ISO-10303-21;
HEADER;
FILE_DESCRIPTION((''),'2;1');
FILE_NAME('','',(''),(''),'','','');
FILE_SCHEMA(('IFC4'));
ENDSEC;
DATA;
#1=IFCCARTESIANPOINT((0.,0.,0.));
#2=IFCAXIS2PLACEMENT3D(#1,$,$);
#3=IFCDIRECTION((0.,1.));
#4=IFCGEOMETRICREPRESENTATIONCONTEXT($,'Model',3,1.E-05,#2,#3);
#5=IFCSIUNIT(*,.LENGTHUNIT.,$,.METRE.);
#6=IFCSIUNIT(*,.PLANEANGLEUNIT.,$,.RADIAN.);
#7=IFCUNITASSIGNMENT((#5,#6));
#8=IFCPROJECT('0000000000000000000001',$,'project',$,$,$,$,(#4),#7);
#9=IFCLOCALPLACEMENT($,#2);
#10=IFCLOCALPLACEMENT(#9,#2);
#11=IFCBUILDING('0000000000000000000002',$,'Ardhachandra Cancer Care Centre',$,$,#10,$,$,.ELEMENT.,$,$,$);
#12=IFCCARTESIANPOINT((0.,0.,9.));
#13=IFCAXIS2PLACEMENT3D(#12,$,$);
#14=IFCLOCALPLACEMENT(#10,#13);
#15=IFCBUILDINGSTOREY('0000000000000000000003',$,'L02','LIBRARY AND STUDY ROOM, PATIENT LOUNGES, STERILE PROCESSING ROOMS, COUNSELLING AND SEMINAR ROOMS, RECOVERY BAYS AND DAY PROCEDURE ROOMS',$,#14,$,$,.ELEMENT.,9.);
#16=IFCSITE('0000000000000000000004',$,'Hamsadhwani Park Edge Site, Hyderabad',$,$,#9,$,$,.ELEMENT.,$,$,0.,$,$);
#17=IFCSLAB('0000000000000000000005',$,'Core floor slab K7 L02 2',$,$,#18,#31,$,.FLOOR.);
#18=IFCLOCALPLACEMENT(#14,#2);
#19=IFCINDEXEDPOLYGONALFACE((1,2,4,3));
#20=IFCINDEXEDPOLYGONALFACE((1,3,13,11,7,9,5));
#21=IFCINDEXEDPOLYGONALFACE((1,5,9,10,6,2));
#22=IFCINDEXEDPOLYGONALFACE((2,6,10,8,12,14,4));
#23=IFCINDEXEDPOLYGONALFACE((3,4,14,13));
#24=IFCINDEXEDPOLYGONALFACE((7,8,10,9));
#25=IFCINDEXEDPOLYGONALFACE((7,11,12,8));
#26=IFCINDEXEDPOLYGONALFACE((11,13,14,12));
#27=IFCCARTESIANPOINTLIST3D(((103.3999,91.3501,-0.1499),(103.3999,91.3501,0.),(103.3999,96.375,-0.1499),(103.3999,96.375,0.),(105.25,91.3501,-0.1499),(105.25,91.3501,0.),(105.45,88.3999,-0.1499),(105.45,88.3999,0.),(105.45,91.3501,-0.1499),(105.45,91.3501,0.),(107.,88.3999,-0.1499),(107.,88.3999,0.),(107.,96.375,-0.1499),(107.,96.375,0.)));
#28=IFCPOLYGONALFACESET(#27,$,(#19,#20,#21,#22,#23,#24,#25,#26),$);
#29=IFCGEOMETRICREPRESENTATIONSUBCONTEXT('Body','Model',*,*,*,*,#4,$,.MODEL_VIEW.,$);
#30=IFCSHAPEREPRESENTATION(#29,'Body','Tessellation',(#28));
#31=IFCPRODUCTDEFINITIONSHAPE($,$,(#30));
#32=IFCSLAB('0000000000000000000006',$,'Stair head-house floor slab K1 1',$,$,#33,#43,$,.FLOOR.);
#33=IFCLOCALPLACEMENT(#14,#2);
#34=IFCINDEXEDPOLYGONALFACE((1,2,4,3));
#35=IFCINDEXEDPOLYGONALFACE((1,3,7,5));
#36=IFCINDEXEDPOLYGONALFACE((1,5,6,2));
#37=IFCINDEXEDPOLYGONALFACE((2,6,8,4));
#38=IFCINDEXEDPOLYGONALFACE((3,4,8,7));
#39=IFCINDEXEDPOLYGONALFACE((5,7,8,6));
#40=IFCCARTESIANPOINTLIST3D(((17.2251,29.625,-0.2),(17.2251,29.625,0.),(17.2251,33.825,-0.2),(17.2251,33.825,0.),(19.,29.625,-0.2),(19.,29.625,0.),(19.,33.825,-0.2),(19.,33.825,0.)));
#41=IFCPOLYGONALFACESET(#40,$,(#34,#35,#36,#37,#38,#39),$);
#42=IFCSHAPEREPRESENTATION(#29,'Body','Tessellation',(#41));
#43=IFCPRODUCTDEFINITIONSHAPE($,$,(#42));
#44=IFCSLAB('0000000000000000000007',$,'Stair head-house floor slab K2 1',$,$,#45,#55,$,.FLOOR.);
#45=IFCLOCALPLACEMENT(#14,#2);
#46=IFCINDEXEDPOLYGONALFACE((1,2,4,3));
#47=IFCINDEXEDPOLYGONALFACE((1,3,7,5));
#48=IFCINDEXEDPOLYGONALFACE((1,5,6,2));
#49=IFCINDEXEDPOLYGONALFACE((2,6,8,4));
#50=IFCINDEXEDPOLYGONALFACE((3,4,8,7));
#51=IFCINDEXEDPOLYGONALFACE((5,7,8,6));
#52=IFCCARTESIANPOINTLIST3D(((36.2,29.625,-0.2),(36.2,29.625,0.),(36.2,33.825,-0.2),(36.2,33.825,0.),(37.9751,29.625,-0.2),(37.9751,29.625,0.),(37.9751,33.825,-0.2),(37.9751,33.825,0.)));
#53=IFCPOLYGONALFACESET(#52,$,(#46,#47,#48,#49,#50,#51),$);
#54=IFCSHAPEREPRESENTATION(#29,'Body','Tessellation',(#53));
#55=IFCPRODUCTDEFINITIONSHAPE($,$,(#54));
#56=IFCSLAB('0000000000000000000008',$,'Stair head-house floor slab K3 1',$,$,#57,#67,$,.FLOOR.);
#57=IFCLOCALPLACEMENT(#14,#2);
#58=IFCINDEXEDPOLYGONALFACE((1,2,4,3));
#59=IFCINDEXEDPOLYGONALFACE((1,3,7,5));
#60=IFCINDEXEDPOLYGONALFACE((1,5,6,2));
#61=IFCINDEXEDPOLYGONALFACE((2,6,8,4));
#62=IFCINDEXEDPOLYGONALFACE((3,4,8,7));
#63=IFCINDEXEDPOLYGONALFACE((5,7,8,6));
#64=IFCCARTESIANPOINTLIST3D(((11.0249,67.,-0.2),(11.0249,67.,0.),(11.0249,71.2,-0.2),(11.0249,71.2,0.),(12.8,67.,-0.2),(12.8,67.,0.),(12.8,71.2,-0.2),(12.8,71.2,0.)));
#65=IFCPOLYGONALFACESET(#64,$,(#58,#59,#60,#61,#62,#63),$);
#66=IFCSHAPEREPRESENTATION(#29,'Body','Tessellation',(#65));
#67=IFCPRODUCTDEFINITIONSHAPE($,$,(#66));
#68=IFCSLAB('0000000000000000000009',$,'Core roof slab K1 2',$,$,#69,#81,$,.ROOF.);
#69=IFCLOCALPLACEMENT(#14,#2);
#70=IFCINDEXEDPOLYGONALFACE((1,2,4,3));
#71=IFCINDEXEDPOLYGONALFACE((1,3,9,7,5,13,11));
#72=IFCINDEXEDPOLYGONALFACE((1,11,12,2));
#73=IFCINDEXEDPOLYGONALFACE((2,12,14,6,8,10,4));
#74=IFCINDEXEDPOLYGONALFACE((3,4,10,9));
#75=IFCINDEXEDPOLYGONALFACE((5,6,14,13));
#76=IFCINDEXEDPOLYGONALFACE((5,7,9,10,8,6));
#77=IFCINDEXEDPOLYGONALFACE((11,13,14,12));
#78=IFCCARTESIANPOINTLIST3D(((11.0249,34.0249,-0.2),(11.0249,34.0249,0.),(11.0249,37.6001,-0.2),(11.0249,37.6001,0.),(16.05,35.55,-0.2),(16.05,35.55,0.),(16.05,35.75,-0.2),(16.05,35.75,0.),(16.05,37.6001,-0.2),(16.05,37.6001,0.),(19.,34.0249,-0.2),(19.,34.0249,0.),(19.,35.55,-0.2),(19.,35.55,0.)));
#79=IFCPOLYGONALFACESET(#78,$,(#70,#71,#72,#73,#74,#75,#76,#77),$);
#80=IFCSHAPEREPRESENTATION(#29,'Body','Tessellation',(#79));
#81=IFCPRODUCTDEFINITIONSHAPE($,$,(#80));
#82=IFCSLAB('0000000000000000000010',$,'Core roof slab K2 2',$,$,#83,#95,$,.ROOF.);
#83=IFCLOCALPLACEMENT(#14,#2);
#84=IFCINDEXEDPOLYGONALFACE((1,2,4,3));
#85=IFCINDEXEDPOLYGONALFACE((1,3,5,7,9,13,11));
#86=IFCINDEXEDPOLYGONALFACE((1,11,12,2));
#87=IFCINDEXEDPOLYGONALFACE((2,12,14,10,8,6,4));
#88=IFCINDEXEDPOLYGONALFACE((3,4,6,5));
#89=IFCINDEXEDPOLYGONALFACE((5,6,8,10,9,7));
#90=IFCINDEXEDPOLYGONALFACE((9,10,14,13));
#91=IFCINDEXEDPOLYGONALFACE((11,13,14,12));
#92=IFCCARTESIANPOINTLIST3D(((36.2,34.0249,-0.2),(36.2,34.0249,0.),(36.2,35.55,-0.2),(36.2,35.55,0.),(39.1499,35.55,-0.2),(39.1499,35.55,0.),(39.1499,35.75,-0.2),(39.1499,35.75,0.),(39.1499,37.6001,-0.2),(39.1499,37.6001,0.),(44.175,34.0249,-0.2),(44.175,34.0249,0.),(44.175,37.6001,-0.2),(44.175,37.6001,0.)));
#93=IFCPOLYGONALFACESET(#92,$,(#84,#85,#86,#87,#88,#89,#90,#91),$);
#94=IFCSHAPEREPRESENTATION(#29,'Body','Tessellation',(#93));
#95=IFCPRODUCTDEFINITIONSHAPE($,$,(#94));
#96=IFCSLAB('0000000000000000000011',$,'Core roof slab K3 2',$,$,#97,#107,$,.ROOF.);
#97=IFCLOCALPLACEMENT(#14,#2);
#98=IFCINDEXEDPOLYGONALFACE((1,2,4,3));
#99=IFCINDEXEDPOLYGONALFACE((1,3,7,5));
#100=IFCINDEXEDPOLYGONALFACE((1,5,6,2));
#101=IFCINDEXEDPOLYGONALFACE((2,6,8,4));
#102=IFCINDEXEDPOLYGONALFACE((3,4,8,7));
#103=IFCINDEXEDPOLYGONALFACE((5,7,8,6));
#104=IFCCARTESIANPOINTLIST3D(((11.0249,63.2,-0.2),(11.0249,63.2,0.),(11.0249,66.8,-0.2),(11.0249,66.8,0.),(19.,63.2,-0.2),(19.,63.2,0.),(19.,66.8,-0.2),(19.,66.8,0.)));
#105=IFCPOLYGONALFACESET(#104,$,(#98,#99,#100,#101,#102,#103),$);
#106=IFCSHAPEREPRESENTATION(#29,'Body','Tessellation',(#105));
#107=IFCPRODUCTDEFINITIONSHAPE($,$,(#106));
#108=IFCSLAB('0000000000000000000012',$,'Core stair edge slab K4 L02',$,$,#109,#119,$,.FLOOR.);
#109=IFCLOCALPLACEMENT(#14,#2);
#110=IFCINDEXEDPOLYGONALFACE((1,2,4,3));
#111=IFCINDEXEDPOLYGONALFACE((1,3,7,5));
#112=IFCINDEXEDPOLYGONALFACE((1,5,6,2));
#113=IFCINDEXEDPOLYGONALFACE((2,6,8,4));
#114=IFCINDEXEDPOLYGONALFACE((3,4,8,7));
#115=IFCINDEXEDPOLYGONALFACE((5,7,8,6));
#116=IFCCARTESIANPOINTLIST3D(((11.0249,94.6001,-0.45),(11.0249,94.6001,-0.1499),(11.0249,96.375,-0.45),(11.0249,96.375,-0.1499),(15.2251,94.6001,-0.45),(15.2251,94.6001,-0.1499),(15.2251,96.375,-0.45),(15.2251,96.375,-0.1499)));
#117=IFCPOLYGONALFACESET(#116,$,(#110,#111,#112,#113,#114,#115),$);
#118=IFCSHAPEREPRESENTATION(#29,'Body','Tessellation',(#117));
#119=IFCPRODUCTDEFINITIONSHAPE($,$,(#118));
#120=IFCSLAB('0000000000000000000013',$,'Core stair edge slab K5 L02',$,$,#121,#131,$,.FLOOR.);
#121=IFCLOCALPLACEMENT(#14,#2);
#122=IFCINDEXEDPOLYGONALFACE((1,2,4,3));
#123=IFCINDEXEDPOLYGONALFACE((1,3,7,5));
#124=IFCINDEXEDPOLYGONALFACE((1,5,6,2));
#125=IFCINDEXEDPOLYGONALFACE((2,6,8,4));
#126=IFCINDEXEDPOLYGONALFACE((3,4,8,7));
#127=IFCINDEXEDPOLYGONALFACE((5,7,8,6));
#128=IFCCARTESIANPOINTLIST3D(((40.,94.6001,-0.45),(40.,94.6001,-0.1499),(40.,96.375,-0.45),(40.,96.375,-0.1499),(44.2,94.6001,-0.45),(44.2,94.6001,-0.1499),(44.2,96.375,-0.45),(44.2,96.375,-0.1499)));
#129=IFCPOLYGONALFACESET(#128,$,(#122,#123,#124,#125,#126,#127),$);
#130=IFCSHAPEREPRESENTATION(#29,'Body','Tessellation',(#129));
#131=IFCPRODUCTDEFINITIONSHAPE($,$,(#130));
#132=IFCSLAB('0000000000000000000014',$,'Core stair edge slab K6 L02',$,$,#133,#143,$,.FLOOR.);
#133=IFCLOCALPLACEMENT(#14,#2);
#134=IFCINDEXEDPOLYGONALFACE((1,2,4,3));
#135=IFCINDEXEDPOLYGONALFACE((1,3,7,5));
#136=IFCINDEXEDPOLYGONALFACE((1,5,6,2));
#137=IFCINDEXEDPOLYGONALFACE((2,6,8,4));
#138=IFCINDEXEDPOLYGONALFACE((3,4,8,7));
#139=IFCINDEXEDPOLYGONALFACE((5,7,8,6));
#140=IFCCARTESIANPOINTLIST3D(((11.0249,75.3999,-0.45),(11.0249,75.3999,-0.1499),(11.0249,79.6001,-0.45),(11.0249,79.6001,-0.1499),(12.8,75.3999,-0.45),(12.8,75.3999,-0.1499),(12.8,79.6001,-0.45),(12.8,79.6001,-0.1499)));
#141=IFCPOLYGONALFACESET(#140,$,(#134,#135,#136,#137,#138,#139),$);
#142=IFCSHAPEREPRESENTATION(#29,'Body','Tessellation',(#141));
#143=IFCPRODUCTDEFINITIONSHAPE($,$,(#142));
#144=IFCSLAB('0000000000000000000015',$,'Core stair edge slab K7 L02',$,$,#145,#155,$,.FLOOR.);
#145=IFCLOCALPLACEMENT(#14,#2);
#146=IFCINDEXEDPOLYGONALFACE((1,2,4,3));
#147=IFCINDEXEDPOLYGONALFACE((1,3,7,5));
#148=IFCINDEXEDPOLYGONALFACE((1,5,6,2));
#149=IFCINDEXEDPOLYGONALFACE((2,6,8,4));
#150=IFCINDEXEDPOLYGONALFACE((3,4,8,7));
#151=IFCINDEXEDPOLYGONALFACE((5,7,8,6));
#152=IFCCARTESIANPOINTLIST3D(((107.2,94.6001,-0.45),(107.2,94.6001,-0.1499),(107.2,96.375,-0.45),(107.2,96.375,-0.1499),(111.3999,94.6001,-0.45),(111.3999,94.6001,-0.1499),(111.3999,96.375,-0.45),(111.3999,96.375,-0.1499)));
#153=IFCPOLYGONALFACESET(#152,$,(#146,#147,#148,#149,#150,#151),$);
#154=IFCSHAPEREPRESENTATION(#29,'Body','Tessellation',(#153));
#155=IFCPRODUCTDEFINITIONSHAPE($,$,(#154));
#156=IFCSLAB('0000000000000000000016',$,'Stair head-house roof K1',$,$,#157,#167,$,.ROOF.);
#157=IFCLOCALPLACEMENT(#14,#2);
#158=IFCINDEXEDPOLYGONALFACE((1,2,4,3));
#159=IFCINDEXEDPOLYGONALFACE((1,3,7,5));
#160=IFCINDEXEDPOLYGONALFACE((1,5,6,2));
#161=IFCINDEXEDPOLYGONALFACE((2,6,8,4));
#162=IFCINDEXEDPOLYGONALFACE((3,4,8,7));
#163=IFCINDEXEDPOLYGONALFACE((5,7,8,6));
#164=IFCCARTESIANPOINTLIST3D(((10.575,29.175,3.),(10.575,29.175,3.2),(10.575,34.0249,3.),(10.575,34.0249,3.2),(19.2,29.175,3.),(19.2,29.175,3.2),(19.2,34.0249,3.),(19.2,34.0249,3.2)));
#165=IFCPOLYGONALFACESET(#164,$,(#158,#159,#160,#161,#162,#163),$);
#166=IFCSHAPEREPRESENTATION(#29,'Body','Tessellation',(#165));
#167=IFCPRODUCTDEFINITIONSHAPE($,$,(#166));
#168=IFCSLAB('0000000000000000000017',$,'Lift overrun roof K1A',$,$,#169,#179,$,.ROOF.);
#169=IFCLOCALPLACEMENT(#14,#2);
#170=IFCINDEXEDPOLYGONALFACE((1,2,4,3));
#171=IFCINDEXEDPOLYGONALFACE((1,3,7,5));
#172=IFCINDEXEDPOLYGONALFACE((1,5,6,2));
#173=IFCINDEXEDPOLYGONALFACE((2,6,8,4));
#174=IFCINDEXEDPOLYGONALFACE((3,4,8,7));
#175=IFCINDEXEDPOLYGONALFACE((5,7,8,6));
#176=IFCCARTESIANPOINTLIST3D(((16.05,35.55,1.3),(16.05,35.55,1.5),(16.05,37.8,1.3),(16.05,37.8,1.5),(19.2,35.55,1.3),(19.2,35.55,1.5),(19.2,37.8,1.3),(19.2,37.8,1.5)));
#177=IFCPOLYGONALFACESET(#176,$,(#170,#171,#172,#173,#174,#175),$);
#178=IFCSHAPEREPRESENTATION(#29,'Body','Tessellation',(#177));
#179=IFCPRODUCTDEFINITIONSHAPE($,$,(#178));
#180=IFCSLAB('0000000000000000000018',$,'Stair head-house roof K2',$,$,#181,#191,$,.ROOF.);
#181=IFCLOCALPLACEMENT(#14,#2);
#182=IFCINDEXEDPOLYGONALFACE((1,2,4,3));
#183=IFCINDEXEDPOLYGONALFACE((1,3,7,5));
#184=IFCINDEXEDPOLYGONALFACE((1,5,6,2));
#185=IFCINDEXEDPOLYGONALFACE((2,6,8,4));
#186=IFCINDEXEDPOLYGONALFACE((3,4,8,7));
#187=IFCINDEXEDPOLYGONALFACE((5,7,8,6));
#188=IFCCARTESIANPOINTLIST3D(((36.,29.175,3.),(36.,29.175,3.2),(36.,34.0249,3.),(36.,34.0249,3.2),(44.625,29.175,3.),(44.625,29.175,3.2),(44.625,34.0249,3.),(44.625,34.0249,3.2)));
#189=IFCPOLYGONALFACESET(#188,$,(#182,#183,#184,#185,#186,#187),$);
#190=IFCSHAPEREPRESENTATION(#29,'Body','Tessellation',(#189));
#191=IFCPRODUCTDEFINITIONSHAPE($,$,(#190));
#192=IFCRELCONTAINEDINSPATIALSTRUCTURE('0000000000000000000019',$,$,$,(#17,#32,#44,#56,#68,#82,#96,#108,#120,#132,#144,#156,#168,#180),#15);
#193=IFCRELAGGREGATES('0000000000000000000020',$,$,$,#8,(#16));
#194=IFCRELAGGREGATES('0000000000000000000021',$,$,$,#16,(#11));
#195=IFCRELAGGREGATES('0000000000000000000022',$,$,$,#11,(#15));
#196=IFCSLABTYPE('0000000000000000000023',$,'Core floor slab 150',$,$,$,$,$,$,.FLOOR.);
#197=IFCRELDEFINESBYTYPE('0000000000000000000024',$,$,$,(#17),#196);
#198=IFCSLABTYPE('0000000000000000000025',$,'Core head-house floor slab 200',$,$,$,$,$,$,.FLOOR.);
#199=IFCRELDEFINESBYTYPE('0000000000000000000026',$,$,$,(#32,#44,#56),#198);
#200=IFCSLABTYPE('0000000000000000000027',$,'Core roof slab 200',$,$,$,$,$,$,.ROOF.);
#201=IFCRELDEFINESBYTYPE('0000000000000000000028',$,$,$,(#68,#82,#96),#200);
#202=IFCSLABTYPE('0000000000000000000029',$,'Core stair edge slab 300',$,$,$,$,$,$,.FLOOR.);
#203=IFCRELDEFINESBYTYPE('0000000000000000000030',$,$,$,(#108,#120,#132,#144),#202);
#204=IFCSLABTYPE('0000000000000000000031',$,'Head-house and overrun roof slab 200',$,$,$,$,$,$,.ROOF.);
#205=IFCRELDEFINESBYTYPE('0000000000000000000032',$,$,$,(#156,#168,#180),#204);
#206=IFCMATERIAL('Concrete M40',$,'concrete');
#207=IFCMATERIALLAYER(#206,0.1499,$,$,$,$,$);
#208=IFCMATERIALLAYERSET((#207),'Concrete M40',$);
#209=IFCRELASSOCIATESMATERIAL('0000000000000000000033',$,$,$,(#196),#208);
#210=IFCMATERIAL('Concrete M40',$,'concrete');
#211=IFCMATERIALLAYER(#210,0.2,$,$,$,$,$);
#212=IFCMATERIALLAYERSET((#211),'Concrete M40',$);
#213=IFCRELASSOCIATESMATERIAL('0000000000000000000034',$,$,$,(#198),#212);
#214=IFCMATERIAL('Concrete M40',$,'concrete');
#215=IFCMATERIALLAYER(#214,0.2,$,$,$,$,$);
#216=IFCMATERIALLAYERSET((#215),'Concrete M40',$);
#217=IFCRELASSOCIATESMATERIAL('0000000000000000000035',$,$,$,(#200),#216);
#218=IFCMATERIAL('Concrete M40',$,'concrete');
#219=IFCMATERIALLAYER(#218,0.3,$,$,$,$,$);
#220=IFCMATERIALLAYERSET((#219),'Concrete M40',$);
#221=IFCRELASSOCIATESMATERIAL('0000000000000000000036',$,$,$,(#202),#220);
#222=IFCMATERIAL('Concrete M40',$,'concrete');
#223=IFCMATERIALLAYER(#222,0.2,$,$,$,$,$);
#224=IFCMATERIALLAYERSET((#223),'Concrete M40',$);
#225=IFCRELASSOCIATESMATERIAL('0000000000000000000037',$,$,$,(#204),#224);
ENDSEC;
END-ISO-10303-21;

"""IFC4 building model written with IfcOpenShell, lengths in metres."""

from ifc_helpers import new_model, si_unit, direction, frame, origin, place, context, subcontext, project, spatial, polyline, outline, extrude, material, layer, layer_set, type_object, element, save


model = new_model("IFC4")

# Units and contexts
model_context = context("Model", 3, precision=1e-05, world=origin(), true_north=direction((0.0, 1.0)))
body_context = subcontext(model_context, "Body", "Model", "MODEL_VIEW")
ifc_project = project(units=[si_unit("LENGTHUNIT", "METRE"), si_unit("PLANEANGLEUNIT", "RADIAN")], contexts=[model_context])

# Site, building, storey
site_placement = place(None, origin())
site = spatial("IfcSite", under=ifc_project, at=site_placement, Name="Hamsadhwani Park Edge Site, Hyderabad", CompositionType="ELEMENT", RefElevation=0.0)
building_placement = place(site_placement, origin())
building = spatial("IfcBuilding", under=site, at=building_placement, Name="Ardhachandra Cancer Care Centre", CompositionType="ELEMENT")
storey_placement = place(building_placement, frame((0.0, 0.0, 9.0)))
storey = spatial("IfcBuildingStorey", under=building, at=storey_placement, Name="L02", Description="LIBRARY AND STUDY ROOM, PATIENT LOUNGES, STERILE PROCESSING ROOMS, COUNSELLING AND SEMINAR ROOMS, RECOVERY BAYS AND DAY PROCEDURE ROOMS", CompositionType="ELEMENT", Elevation=9.0)

# Slabs
ifc_material_1 = material(Name="Concrete M40", Category="concrete")
ifc_layer_1 = layer(ifc_material_1, 0.1499)
ifc_layer_set_1 = layer_set([ifc_layer_1], Name="Concrete M40")
slab_type_1 = type_object("IfcSlabType", Name="Core floor slab 150", PredefinedType="FLOOR", material=ifc_layer_set_1)
slab_1_placement = place(storey_placement, frame((0.0, 0.0, -0.1499)))
element("IfcSlab", 1, at=slab_1_placement, inside=storey, type_object=slab_type_1, Name="Core floor slab K7 L02 2", PredefinedType="FLOOR", context=body_context, shape_type="SweptSolid", body=[
    extrude(outline(polyline([(103.3999, 96.375), (103.3999, 91.3501), (105.25, 91.3501), (105.45, 91.3501), (105.45, 88.3999), (107.0, 88.3999), (107.0, 96.375), (103.3999, 96.375)])), origin(), (0.0, 0.0, 1.0), 0.1499),
])
ifc_material_2 = material(Name="Concrete M40", Category="concrete")
ifc_layer_2 = layer(ifc_material_2, 0.2)
ifc_layer_set_2 = layer_set([ifc_layer_2], Name="Concrete M40")
slab_type_2 = type_object("IfcSlabType", Name="Core head-house floor slab 200", PredefinedType="FLOOR", material=ifc_layer_set_2)
slab_2_placement = place(storey_placement, frame((0.0, 0.0, -0.2)))
element("IfcSlab", 2, at=slab_2_placement, inside=storey, type_object=slab_type_2, Name="Stair head-house floor slab K1 1", PredefinedType="FLOOR", context=body_context, shape_type="SweptSolid", body=[
    extrude(outline(polyline([(17.2251, 29.625), (17.2251, 33.825), (19.0, 33.825), (19.0, 29.625), (17.2251, 29.625)])), origin(), (0.0, 0.0, 1.0), 0.2),
])
slab_3_placement = place(storey_placement, frame((0.0, 0.0, -0.2)))
element("IfcSlab", 3, at=slab_3_placement, inside=storey, type_object=slab_type_2, Name="Stair head-house floor slab K2 1", PredefinedType="FLOOR", context=body_context, shape_type="SweptSolid", body=[
    extrude(outline(polyline([(37.9751, 29.625), (37.9751, 33.825), (36.2, 33.825), (36.2, 29.625), (37.9751, 29.625)])), origin(), (0.0, 0.0, 1.0), 0.2),
])
slab_4_placement = place(storey_placement, frame((0.0, 0.0, -0.2)))
element("IfcSlab", 4, at=slab_4_placement, inside=storey, type_object=slab_type_2, Name="Stair head-house floor slab K3 1", PredefinedType="FLOOR", context=body_context, shape_type="SweptSolid", body=[
    extrude(outline(polyline([(11.0249, 67.0), (12.8, 67.0), (12.8, 71.2), (11.0249, 71.2), (11.0249, 67.0)])), origin(), (0.0, 0.0, 1.0), 0.2),
])
ifc_material_3 = material(Name="Concrete M40", Category="concrete")
ifc_layer_3 = layer(ifc_material_3, 0.2)
ifc_layer_set_3 = layer_set([ifc_layer_3], Name="Concrete M40")
slab_type_3 = type_object("IfcSlabType", Name="Core roof slab 200", PredefinedType="ROOF", material=ifc_layer_set_3)
slab_5_placement = place(storey_placement, frame((0.0, 0.0, -0.2)))
element("IfcSlab", 5, at=slab_5_placement, inside=storey, type_object=slab_type_3, Name="Core roof slab K1 2", PredefinedType="ROOF", context=body_context, shape_type="SweptSolid", body=[
    extrude(outline(polyline([(16.05, 37.6001), (16.05, 35.75), (16.05, 35.55), (19.0, 35.55), (19.0, 34.0249), (11.0249, 34.0249), (11.0249, 37.6001), (16.05, 37.6001)])), origin(), (0.0, 0.0, 1.0), 0.2),
])
slab_6_placement = place(storey_placement, frame((0.0, 0.0, -0.2)))
element("IfcSlab", 6, at=slab_6_placement, inside=storey, type_object=slab_type_3, Name="Core roof slab K2 2", PredefinedType="ROOF", context=body_context, shape_type="SweptSolid", body=[
    extrude(outline(polyline([(39.1499, 37.6001), (39.1499, 35.75), (39.1499, 35.55), (36.2, 35.55), (36.2, 34.0249), (44.175, 34.0249), (44.175, 37.6001), (39.1499, 37.6001)])), origin(), (0.0, 0.0, 1.0), 0.2),
])
slab_7_placement = place(storey_placement, frame((0.0, 0.0, -0.2)))
element("IfcSlab", 7, at=slab_7_placement, inside=storey, type_object=slab_type_3, Name="Core roof slab K3 2", PredefinedType="ROOF", context=body_context, shape_type="SweptSolid", body=[
    extrude(outline(polyline([(19.0, 63.2), (19.0, 66.8), (11.0249, 66.8), (11.0249, 63.2), (19.0, 63.2)])), origin(), (0.0, 0.0, 1.0), 0.2),
])
ifc_material_4 = material(Name="Concrete M40", Category="concrete")
ifc_layer_4 = layer(ifc_material_4, 0.3)
ifc_layer_set_4 = layer_set([ifc_layer_4], Name="Concrete M40")
slab_type_4 = type_object("IfcSlabType", Name="Core stair edge slab 300", PredefinedType="FLOOR", material=ifc_layer_set_4)
slab_8_placement = place(storey_placement, frame((0.0, 0.0, -0.45)))
element("IfcSlab", 8, at=slab_8_placement, inside=storey, type_object=slab_type_4, Name="Core stair edge slab K4 L02", PredefinedType="FLOOR", context=body_context, shape_type="SweptSolid", body=[
    extrude(outline(polyline([(11.0249, 94.6001), (15.2251, 94.6001), (15.2251, 96.375), (11.0249, 96.375), (11.0249, 94.6001)])), origin(), (0.0, 0.0, 1.0), 0.3),
])
slab_9_placement = place(storey_placement, frame((0.0, 0.0, -0.45)))
element("IfcSlab", 9, at=slab_9_placement, inside=storey, type_object=slab_type_4, Name="Core stair edge slab K5 L02", PredefinedType="FLOOR", context=body_context, shape_type="SweptSolid", body=[
    extrude(outline(polyline([(44.2, 94.6001), (40.0, 94.6001), (40.0, 96.375), (44.2, 96.375), (44.2, 94.6001)])), origin(), (0.0, 0.0, 1.0), 0.3),
])
slab_10_placement = place(storey_placement, frame((0.0, 0.0, -0.45)))
element("IfcSlab", 10, at=slab_10_placement, inside=storey, type_object=slab_type_4, Name="Core stair edge slab K6 L02", PredefinedType="FLOOR", context=body_context, shape_type="SweptSolid", body=[
    extrude(outline(polyline([(12.8, 79.6001), (12.8, 75.3999), (11.0249, 75.3999), (11.0249, 79.6001), (12.8, 79.6001)])), origin(), (0.0, 0.0, 1.0), 0.3),
])
slab_11_placement = place(storey_placement, frame((0.0, 0.0, -0.45)))
element("IfcSlab", 11, at=slab_11_placement, inside=storey, type_object=slab_type_4, Name="Core stair edge slab K7 L02", PredefinedType="FLOOR", context=body_context, shape_type="SweptSolid", body=[
    extrude(outline(polyline([(111.3999, 94.6001), (107.2, 94.6001), (107.2, 96.375), (111.3999, 96.375), (111.3999, 94.6001)])), origin(), (0.0, 0.0, 1.0), 0.3),
])
ifc_material_5 = material(Name="Concrete M40", Category="concrete")
ifc_layer_5 = layer(ifc_material_5, 0.2)
ifc_layer_set_5 = layer_set([ifc_layer_5], Name="Concrete M40")
slab_type_5 = type_object("IfcSlabType", Name="Head-house and overrun roof slab 200", PredefinedType="ROOF", material=ifc_layer_set_5)
slab_12_placement = place(storey_placement, frame((0.0, 0.0, 3.0)))
element("IfcSlab", 12, at=slab_12_placement, inside=storey, type_object=slab_type_5, Name="Stair head-house roof K1", PredefinedType="ROOF", context=body_context, shape_type="SweptSolid", body=[
    extrude(outline(polyline([(10.575, 29.175), (10.575, 34.0249), (19.2, 34.0249), (19.2, 29.175), (10.575, 29.175)])), origin(), (0.0, 0.0, 1.0), 0.2),
])
slab_13_placement = place(storey_placement, frame((0.0, 0.0, 1.3)))
element("IfcSlab", 13, at=slab_13_placement, inside=storey, type_object=slab_type_5, Name="Lift overrun roof K1A", PredefinedType="ROOF", context=body_context, shape_type="SweptSolid", body=[
    extrude(outline(polyline([(16.05, 37.8), (19.2, 37.8), (19.2, 35.55), (16.05, 35.55), (16.05, 37.8)])), origin(), (0.0, 0.0, 1.0), 0.2),
])
slab_14_placement = place(storey_placement, frame((0.0, 0.0, 3.0)))
element("IfcSlab", 14, at=slab_14_placement, inside=storey, type_object=slab_type_5, Name="Stair head-house roof K2", PredefinedType="ROOF", context=body_context, shape_type="SweptSolid", body=[
    extrude(outline(polyline([(44.625, 29.175), (36.0, 29.175), (36.0, 34.0249), (44.625, 34.0249), (44.625, 29.175)])), origin(), (0.0, 0.0, 1.0), 0.2),
])

save(model, "model.ifc")
